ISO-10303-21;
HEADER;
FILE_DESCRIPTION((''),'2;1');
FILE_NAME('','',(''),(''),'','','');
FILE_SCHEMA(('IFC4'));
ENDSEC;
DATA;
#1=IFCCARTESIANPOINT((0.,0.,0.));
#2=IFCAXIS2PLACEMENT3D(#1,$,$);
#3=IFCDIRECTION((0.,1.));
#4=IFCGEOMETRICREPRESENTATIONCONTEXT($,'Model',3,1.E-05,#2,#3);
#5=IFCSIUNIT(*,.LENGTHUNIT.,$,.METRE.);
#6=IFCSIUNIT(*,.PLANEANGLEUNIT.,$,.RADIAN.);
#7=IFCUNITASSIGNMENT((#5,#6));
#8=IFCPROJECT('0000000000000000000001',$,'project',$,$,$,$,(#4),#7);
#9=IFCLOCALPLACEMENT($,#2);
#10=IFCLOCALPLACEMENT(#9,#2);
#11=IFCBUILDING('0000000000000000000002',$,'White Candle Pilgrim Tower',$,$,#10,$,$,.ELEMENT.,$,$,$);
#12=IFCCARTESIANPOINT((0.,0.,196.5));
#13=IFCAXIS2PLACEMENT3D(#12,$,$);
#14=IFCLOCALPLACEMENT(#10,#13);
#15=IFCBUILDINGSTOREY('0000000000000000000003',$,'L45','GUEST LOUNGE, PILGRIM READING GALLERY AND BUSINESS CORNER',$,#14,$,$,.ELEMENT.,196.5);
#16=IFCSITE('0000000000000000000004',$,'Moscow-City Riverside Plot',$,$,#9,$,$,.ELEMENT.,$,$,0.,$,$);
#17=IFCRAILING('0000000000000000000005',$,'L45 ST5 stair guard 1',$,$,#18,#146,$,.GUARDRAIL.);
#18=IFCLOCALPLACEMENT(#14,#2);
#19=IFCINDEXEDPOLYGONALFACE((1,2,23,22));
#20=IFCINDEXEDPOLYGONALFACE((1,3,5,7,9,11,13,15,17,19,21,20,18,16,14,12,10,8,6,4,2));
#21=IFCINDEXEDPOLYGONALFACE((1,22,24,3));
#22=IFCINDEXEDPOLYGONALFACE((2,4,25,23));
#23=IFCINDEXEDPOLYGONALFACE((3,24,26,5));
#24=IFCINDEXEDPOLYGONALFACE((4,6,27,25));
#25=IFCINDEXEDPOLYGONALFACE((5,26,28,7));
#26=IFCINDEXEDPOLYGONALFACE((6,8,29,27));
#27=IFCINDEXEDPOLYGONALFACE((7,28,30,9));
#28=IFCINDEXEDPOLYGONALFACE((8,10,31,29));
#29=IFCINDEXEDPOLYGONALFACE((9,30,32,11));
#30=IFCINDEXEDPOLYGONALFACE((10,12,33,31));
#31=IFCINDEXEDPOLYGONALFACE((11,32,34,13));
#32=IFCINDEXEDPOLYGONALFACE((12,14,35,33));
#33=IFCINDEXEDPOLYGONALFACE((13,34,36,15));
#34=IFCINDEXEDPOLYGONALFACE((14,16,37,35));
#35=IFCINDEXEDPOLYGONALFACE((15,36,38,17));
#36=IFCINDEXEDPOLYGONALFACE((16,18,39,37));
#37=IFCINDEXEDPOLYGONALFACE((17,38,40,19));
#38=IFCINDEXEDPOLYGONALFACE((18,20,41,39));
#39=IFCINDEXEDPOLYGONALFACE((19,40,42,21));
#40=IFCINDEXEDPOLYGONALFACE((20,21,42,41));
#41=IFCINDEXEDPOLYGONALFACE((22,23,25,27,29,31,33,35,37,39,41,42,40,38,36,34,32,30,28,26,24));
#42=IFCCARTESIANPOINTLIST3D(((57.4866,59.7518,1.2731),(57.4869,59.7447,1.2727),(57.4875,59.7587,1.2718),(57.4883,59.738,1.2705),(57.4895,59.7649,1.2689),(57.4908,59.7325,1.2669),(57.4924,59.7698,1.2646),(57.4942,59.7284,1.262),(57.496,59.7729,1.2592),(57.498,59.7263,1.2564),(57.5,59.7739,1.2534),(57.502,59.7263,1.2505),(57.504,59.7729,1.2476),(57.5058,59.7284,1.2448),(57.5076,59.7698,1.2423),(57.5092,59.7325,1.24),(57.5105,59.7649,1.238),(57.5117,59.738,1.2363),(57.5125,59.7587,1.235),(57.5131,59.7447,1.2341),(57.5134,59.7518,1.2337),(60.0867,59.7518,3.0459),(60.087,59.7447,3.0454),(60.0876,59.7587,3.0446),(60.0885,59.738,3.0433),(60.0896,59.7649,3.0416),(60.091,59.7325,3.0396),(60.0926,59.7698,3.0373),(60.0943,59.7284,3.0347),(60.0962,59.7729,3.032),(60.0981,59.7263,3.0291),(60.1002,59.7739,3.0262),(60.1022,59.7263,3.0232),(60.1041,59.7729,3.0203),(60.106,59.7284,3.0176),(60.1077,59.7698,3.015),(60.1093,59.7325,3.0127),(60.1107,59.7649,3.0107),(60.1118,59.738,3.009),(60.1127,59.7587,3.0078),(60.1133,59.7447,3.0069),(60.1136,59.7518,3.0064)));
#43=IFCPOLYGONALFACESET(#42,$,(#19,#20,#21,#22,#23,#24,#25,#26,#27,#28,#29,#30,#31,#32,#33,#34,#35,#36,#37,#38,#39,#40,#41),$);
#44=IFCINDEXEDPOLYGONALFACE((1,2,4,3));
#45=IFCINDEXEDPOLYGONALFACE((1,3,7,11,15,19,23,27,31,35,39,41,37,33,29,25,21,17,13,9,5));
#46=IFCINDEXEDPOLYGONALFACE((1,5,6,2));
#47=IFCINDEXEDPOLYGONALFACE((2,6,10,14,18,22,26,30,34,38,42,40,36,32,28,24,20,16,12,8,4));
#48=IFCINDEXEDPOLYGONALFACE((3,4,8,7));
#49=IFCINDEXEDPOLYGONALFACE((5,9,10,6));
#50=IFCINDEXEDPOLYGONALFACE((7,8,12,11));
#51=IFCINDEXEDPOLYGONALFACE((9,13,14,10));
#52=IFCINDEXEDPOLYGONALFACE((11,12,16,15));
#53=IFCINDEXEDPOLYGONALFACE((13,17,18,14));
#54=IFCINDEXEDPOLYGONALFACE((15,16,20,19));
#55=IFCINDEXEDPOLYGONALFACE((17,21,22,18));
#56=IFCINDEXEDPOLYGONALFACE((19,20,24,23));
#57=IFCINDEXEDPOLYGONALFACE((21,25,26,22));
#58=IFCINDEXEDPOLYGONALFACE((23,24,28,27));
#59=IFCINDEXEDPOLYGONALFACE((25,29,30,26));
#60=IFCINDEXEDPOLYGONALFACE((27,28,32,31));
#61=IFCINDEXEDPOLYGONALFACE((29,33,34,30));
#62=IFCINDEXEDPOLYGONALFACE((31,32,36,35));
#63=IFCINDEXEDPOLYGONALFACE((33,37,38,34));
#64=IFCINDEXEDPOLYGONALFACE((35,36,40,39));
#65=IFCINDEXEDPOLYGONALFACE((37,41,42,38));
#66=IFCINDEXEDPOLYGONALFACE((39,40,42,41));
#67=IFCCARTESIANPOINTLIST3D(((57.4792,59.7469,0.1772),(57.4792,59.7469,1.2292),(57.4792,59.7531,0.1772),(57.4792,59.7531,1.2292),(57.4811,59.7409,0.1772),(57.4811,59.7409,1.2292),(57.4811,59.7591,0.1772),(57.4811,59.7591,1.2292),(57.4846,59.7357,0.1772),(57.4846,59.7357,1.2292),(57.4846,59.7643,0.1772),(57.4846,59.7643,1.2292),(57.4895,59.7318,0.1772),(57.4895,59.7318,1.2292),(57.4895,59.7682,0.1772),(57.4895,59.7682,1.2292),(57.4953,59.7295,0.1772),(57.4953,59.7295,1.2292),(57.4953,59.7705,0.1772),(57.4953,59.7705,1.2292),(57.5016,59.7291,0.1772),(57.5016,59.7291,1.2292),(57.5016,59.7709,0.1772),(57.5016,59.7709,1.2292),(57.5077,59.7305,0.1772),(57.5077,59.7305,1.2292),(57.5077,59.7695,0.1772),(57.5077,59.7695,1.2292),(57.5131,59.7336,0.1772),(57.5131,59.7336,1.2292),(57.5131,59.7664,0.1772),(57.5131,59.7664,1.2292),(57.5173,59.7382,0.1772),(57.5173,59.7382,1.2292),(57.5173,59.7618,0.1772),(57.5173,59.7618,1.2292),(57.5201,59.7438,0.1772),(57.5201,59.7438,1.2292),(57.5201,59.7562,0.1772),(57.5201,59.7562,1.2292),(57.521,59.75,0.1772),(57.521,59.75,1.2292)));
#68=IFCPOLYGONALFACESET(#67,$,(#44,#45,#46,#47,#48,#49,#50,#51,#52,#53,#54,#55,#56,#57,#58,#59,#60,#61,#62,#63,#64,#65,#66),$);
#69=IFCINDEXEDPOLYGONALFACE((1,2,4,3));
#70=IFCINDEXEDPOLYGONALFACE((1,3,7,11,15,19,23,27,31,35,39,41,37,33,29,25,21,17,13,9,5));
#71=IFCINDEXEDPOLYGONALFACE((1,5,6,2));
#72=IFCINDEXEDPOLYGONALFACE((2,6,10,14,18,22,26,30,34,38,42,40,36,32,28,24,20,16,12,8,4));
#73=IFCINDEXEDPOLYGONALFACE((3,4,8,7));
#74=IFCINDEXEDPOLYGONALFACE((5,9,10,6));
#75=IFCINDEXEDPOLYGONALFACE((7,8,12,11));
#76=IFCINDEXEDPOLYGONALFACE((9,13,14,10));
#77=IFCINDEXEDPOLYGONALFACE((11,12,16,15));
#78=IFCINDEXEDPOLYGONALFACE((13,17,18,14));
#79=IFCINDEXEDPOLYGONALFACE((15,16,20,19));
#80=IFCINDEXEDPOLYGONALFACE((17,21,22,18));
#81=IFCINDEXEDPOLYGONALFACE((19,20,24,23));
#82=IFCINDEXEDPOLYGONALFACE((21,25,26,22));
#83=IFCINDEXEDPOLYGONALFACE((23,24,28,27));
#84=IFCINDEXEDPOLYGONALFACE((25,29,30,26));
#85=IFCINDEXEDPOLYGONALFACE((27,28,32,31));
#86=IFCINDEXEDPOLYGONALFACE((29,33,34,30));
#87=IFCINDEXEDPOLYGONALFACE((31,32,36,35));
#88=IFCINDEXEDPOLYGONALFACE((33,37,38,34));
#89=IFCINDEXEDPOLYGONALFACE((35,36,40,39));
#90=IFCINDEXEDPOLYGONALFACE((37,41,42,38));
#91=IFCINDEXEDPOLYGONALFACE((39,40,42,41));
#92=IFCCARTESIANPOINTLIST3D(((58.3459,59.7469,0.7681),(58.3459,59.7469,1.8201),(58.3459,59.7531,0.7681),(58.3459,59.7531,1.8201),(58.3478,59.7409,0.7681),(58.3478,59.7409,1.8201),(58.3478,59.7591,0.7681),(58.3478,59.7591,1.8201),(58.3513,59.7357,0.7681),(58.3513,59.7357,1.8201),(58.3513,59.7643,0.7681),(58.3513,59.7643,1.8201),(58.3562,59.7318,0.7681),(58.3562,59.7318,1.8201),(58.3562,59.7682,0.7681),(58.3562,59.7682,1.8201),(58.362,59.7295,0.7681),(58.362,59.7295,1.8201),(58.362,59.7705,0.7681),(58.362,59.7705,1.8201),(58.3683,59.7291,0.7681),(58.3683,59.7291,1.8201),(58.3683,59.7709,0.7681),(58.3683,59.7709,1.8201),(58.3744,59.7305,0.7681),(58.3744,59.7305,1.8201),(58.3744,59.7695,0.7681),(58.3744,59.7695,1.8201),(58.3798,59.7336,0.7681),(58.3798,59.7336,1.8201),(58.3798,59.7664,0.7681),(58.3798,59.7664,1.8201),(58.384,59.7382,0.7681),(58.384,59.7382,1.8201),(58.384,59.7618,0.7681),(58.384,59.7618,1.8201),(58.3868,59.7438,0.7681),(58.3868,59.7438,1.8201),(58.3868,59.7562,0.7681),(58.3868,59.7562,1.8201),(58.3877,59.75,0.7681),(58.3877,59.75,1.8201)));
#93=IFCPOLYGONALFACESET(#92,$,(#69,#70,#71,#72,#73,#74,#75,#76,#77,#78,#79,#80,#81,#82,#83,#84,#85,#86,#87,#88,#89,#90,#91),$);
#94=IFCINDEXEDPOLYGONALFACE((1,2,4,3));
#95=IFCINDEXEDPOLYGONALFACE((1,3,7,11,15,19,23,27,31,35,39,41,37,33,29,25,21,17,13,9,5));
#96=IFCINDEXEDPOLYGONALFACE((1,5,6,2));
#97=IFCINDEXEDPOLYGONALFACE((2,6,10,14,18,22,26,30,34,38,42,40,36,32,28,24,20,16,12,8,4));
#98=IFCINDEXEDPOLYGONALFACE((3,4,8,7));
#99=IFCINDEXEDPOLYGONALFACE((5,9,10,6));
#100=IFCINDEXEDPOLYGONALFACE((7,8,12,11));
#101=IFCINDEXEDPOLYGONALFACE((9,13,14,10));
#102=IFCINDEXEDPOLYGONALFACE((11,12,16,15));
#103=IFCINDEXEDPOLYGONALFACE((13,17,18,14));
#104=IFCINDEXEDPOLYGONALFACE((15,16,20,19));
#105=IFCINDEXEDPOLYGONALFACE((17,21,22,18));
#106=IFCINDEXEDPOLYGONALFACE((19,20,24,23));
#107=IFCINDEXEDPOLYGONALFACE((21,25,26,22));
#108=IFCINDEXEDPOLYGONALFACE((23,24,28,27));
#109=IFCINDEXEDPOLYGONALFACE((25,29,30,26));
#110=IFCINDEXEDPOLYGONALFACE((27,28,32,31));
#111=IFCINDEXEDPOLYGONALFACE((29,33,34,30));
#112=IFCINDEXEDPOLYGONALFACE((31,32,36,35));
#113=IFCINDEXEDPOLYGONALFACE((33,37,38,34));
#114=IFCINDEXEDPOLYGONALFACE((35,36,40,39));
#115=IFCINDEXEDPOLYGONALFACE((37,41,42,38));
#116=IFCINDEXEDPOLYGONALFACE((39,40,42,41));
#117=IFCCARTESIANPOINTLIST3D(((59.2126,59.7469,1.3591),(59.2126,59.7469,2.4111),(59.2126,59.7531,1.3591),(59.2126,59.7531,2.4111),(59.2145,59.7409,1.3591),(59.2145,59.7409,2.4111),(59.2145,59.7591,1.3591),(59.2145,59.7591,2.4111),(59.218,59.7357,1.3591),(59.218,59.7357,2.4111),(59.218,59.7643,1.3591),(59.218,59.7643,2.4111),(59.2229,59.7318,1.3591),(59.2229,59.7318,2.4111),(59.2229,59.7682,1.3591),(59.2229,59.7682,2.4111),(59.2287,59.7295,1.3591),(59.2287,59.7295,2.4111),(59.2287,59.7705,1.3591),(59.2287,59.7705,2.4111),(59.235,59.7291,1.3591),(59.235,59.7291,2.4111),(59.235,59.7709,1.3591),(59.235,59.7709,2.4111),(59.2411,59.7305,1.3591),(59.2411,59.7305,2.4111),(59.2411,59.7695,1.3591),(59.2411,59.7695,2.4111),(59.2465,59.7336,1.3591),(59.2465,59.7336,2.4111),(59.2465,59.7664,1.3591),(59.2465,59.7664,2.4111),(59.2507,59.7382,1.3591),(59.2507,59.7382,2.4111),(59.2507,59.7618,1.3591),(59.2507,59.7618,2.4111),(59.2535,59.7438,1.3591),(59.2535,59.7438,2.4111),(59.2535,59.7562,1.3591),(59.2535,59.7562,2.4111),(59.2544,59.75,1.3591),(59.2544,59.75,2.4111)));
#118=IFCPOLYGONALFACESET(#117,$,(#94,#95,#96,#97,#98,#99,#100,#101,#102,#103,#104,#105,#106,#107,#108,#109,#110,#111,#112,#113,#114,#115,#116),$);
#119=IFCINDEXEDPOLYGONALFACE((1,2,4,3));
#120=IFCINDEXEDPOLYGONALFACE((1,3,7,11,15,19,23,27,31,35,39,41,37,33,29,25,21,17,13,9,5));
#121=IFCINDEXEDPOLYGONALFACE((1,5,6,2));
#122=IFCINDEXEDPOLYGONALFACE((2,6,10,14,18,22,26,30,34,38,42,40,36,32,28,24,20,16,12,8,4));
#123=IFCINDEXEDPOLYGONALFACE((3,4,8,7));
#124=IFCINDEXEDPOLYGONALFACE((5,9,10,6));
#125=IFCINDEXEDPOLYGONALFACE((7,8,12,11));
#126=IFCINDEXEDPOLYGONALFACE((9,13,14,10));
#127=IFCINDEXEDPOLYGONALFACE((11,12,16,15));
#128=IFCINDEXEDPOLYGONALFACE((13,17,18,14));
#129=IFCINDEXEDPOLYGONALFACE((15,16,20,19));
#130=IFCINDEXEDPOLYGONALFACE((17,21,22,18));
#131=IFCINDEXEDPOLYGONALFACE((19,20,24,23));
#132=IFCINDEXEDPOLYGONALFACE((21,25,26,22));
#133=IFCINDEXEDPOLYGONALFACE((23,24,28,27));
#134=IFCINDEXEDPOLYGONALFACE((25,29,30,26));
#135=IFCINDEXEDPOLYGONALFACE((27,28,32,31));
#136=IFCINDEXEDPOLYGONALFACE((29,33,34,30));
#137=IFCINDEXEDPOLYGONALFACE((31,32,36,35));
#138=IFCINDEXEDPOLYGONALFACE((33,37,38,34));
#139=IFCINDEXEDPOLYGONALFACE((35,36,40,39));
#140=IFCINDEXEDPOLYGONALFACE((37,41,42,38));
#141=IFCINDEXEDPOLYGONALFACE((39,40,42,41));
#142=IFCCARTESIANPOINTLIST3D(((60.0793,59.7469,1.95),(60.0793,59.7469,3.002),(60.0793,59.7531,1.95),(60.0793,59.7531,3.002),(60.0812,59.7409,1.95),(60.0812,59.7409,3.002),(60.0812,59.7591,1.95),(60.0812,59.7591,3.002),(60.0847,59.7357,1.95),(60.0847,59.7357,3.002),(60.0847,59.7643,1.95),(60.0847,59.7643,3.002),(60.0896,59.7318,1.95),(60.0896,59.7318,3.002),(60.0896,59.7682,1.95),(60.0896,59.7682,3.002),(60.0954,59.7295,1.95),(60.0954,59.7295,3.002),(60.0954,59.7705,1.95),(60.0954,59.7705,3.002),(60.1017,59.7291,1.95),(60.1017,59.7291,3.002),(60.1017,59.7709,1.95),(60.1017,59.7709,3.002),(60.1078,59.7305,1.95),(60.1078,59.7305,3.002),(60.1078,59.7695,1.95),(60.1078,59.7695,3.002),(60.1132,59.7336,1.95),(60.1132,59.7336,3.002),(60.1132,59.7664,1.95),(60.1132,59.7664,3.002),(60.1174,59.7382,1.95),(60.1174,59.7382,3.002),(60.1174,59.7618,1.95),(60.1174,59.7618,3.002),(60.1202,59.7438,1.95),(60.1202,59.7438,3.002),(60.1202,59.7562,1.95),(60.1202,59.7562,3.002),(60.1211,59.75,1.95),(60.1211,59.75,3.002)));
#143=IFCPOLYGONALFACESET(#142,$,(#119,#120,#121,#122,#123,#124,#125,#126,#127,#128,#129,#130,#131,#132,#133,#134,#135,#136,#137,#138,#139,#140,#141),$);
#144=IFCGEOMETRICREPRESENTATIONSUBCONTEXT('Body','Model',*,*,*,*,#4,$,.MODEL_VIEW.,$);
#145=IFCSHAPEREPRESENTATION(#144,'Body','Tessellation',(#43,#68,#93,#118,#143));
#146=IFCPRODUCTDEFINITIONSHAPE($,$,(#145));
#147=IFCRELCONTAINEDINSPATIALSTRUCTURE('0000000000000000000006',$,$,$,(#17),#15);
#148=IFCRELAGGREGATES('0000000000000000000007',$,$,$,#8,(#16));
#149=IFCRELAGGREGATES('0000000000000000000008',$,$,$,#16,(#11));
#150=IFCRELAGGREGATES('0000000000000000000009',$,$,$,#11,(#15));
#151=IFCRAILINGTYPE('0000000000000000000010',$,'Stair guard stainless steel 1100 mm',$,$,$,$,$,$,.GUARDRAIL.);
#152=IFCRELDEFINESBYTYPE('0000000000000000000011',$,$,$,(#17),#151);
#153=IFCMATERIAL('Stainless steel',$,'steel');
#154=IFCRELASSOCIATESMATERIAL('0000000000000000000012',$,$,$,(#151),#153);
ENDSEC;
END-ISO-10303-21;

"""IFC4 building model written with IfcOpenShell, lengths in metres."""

from ifc_helpers import new_model, si_unit, direction, frame, origin, origin_2d, place, context, subcontext, project, spatial, circle, extrude, material, type_object, element, save


model = new_model("IFC4")

# Units and contexts
model_context = context("Model", 3, precision=1e-05, world=origin(), true_north=direction((0.0, 1.0)))
body_context = subcontext(model_context, "Body", "Model", "MODEL_VIEW")
ifc_project = project(units=[si_unit("LENGTHUNIT", "METRE"), si_unit("PLANEANGLEUNIT", "RADIAN")], contexts=[model_context])

# Site, building, storey
site_placement = place(None, origin())
site = spatial("IfcSite", under=ifc_project, at=site_placement, Name="Moscow-City Riverside Plot", CompositionType="ELEMENT", RefElevation=0.0)
building_placement = place(site_placement, origin())
building = spatial("IfcBuilding", under=site, at=building_placement, Name="White Candle Pilgrim Tower", CompositionType="ELEMENT")
storey_placement = place(building_placement, frame((0.0, 0.0, 196.5)))
storey = spatial("IfcBuildingStorey", under=building, at=storey_placement, Name="L45", Description="GUEST LOUNGE, PILGRIM READING GALLERY AND BUSINESS CORNER", CompositionType="ELEMENT", Elevation=196.5)

# Railing
ifc_material_1 = material(Name="Stainless steel", Category="steel")
railing_type_1 = type_object("IfcRailingType", Name="Stair guard stainless steel 1100 mm", PredefinedType="GUARDRAIL", material=ifc_material_1)
railing_1_placement = place(storey_placement, frame((57.5, 59.75, 0.1772)))
element("IfcRailing", 1, at=railing_1_placement, inside=storey, type_object=railing_type_1, Name="L45 ST5 stair guard 1", PredefinedType="GUARDRAIL", context=body_context, shape_type="SweptSolid", body=[
    extrude(circle(Radius=0.0239, at=origin_2d()), frame((0.0, 0.0, 1.0762), z_axis=(0.82624, 0.0, 0.563318), x_axis=(0.0, 1.0, 0.0)), (0.0, 0.0, 1.0), 3.147),
    extrude(circle(Radius=0.021, at=origin_2d()), origin(), (0.0, 0.0, 1.0), 1.052),
    extrude(circle(Radius=0.021, at=origin_2d()), frame((0.8667, 0.0, 0.5908)), (0.0, 0.0, 1.0), 1.052),
    extrude(circle(Radius=0.021, at=origin_2d()), frame((1.7334, 0.0, 1.1819)), (0.0, 0.0, 1.0), 1.052),
    extrude(circle(Radius=0.021, at=origin_2d()), frame((2.6001, 0.0, 1.7727)), (0.0, 0.0, 1.0), 1.052),
])

save(model, "model.ifc")
